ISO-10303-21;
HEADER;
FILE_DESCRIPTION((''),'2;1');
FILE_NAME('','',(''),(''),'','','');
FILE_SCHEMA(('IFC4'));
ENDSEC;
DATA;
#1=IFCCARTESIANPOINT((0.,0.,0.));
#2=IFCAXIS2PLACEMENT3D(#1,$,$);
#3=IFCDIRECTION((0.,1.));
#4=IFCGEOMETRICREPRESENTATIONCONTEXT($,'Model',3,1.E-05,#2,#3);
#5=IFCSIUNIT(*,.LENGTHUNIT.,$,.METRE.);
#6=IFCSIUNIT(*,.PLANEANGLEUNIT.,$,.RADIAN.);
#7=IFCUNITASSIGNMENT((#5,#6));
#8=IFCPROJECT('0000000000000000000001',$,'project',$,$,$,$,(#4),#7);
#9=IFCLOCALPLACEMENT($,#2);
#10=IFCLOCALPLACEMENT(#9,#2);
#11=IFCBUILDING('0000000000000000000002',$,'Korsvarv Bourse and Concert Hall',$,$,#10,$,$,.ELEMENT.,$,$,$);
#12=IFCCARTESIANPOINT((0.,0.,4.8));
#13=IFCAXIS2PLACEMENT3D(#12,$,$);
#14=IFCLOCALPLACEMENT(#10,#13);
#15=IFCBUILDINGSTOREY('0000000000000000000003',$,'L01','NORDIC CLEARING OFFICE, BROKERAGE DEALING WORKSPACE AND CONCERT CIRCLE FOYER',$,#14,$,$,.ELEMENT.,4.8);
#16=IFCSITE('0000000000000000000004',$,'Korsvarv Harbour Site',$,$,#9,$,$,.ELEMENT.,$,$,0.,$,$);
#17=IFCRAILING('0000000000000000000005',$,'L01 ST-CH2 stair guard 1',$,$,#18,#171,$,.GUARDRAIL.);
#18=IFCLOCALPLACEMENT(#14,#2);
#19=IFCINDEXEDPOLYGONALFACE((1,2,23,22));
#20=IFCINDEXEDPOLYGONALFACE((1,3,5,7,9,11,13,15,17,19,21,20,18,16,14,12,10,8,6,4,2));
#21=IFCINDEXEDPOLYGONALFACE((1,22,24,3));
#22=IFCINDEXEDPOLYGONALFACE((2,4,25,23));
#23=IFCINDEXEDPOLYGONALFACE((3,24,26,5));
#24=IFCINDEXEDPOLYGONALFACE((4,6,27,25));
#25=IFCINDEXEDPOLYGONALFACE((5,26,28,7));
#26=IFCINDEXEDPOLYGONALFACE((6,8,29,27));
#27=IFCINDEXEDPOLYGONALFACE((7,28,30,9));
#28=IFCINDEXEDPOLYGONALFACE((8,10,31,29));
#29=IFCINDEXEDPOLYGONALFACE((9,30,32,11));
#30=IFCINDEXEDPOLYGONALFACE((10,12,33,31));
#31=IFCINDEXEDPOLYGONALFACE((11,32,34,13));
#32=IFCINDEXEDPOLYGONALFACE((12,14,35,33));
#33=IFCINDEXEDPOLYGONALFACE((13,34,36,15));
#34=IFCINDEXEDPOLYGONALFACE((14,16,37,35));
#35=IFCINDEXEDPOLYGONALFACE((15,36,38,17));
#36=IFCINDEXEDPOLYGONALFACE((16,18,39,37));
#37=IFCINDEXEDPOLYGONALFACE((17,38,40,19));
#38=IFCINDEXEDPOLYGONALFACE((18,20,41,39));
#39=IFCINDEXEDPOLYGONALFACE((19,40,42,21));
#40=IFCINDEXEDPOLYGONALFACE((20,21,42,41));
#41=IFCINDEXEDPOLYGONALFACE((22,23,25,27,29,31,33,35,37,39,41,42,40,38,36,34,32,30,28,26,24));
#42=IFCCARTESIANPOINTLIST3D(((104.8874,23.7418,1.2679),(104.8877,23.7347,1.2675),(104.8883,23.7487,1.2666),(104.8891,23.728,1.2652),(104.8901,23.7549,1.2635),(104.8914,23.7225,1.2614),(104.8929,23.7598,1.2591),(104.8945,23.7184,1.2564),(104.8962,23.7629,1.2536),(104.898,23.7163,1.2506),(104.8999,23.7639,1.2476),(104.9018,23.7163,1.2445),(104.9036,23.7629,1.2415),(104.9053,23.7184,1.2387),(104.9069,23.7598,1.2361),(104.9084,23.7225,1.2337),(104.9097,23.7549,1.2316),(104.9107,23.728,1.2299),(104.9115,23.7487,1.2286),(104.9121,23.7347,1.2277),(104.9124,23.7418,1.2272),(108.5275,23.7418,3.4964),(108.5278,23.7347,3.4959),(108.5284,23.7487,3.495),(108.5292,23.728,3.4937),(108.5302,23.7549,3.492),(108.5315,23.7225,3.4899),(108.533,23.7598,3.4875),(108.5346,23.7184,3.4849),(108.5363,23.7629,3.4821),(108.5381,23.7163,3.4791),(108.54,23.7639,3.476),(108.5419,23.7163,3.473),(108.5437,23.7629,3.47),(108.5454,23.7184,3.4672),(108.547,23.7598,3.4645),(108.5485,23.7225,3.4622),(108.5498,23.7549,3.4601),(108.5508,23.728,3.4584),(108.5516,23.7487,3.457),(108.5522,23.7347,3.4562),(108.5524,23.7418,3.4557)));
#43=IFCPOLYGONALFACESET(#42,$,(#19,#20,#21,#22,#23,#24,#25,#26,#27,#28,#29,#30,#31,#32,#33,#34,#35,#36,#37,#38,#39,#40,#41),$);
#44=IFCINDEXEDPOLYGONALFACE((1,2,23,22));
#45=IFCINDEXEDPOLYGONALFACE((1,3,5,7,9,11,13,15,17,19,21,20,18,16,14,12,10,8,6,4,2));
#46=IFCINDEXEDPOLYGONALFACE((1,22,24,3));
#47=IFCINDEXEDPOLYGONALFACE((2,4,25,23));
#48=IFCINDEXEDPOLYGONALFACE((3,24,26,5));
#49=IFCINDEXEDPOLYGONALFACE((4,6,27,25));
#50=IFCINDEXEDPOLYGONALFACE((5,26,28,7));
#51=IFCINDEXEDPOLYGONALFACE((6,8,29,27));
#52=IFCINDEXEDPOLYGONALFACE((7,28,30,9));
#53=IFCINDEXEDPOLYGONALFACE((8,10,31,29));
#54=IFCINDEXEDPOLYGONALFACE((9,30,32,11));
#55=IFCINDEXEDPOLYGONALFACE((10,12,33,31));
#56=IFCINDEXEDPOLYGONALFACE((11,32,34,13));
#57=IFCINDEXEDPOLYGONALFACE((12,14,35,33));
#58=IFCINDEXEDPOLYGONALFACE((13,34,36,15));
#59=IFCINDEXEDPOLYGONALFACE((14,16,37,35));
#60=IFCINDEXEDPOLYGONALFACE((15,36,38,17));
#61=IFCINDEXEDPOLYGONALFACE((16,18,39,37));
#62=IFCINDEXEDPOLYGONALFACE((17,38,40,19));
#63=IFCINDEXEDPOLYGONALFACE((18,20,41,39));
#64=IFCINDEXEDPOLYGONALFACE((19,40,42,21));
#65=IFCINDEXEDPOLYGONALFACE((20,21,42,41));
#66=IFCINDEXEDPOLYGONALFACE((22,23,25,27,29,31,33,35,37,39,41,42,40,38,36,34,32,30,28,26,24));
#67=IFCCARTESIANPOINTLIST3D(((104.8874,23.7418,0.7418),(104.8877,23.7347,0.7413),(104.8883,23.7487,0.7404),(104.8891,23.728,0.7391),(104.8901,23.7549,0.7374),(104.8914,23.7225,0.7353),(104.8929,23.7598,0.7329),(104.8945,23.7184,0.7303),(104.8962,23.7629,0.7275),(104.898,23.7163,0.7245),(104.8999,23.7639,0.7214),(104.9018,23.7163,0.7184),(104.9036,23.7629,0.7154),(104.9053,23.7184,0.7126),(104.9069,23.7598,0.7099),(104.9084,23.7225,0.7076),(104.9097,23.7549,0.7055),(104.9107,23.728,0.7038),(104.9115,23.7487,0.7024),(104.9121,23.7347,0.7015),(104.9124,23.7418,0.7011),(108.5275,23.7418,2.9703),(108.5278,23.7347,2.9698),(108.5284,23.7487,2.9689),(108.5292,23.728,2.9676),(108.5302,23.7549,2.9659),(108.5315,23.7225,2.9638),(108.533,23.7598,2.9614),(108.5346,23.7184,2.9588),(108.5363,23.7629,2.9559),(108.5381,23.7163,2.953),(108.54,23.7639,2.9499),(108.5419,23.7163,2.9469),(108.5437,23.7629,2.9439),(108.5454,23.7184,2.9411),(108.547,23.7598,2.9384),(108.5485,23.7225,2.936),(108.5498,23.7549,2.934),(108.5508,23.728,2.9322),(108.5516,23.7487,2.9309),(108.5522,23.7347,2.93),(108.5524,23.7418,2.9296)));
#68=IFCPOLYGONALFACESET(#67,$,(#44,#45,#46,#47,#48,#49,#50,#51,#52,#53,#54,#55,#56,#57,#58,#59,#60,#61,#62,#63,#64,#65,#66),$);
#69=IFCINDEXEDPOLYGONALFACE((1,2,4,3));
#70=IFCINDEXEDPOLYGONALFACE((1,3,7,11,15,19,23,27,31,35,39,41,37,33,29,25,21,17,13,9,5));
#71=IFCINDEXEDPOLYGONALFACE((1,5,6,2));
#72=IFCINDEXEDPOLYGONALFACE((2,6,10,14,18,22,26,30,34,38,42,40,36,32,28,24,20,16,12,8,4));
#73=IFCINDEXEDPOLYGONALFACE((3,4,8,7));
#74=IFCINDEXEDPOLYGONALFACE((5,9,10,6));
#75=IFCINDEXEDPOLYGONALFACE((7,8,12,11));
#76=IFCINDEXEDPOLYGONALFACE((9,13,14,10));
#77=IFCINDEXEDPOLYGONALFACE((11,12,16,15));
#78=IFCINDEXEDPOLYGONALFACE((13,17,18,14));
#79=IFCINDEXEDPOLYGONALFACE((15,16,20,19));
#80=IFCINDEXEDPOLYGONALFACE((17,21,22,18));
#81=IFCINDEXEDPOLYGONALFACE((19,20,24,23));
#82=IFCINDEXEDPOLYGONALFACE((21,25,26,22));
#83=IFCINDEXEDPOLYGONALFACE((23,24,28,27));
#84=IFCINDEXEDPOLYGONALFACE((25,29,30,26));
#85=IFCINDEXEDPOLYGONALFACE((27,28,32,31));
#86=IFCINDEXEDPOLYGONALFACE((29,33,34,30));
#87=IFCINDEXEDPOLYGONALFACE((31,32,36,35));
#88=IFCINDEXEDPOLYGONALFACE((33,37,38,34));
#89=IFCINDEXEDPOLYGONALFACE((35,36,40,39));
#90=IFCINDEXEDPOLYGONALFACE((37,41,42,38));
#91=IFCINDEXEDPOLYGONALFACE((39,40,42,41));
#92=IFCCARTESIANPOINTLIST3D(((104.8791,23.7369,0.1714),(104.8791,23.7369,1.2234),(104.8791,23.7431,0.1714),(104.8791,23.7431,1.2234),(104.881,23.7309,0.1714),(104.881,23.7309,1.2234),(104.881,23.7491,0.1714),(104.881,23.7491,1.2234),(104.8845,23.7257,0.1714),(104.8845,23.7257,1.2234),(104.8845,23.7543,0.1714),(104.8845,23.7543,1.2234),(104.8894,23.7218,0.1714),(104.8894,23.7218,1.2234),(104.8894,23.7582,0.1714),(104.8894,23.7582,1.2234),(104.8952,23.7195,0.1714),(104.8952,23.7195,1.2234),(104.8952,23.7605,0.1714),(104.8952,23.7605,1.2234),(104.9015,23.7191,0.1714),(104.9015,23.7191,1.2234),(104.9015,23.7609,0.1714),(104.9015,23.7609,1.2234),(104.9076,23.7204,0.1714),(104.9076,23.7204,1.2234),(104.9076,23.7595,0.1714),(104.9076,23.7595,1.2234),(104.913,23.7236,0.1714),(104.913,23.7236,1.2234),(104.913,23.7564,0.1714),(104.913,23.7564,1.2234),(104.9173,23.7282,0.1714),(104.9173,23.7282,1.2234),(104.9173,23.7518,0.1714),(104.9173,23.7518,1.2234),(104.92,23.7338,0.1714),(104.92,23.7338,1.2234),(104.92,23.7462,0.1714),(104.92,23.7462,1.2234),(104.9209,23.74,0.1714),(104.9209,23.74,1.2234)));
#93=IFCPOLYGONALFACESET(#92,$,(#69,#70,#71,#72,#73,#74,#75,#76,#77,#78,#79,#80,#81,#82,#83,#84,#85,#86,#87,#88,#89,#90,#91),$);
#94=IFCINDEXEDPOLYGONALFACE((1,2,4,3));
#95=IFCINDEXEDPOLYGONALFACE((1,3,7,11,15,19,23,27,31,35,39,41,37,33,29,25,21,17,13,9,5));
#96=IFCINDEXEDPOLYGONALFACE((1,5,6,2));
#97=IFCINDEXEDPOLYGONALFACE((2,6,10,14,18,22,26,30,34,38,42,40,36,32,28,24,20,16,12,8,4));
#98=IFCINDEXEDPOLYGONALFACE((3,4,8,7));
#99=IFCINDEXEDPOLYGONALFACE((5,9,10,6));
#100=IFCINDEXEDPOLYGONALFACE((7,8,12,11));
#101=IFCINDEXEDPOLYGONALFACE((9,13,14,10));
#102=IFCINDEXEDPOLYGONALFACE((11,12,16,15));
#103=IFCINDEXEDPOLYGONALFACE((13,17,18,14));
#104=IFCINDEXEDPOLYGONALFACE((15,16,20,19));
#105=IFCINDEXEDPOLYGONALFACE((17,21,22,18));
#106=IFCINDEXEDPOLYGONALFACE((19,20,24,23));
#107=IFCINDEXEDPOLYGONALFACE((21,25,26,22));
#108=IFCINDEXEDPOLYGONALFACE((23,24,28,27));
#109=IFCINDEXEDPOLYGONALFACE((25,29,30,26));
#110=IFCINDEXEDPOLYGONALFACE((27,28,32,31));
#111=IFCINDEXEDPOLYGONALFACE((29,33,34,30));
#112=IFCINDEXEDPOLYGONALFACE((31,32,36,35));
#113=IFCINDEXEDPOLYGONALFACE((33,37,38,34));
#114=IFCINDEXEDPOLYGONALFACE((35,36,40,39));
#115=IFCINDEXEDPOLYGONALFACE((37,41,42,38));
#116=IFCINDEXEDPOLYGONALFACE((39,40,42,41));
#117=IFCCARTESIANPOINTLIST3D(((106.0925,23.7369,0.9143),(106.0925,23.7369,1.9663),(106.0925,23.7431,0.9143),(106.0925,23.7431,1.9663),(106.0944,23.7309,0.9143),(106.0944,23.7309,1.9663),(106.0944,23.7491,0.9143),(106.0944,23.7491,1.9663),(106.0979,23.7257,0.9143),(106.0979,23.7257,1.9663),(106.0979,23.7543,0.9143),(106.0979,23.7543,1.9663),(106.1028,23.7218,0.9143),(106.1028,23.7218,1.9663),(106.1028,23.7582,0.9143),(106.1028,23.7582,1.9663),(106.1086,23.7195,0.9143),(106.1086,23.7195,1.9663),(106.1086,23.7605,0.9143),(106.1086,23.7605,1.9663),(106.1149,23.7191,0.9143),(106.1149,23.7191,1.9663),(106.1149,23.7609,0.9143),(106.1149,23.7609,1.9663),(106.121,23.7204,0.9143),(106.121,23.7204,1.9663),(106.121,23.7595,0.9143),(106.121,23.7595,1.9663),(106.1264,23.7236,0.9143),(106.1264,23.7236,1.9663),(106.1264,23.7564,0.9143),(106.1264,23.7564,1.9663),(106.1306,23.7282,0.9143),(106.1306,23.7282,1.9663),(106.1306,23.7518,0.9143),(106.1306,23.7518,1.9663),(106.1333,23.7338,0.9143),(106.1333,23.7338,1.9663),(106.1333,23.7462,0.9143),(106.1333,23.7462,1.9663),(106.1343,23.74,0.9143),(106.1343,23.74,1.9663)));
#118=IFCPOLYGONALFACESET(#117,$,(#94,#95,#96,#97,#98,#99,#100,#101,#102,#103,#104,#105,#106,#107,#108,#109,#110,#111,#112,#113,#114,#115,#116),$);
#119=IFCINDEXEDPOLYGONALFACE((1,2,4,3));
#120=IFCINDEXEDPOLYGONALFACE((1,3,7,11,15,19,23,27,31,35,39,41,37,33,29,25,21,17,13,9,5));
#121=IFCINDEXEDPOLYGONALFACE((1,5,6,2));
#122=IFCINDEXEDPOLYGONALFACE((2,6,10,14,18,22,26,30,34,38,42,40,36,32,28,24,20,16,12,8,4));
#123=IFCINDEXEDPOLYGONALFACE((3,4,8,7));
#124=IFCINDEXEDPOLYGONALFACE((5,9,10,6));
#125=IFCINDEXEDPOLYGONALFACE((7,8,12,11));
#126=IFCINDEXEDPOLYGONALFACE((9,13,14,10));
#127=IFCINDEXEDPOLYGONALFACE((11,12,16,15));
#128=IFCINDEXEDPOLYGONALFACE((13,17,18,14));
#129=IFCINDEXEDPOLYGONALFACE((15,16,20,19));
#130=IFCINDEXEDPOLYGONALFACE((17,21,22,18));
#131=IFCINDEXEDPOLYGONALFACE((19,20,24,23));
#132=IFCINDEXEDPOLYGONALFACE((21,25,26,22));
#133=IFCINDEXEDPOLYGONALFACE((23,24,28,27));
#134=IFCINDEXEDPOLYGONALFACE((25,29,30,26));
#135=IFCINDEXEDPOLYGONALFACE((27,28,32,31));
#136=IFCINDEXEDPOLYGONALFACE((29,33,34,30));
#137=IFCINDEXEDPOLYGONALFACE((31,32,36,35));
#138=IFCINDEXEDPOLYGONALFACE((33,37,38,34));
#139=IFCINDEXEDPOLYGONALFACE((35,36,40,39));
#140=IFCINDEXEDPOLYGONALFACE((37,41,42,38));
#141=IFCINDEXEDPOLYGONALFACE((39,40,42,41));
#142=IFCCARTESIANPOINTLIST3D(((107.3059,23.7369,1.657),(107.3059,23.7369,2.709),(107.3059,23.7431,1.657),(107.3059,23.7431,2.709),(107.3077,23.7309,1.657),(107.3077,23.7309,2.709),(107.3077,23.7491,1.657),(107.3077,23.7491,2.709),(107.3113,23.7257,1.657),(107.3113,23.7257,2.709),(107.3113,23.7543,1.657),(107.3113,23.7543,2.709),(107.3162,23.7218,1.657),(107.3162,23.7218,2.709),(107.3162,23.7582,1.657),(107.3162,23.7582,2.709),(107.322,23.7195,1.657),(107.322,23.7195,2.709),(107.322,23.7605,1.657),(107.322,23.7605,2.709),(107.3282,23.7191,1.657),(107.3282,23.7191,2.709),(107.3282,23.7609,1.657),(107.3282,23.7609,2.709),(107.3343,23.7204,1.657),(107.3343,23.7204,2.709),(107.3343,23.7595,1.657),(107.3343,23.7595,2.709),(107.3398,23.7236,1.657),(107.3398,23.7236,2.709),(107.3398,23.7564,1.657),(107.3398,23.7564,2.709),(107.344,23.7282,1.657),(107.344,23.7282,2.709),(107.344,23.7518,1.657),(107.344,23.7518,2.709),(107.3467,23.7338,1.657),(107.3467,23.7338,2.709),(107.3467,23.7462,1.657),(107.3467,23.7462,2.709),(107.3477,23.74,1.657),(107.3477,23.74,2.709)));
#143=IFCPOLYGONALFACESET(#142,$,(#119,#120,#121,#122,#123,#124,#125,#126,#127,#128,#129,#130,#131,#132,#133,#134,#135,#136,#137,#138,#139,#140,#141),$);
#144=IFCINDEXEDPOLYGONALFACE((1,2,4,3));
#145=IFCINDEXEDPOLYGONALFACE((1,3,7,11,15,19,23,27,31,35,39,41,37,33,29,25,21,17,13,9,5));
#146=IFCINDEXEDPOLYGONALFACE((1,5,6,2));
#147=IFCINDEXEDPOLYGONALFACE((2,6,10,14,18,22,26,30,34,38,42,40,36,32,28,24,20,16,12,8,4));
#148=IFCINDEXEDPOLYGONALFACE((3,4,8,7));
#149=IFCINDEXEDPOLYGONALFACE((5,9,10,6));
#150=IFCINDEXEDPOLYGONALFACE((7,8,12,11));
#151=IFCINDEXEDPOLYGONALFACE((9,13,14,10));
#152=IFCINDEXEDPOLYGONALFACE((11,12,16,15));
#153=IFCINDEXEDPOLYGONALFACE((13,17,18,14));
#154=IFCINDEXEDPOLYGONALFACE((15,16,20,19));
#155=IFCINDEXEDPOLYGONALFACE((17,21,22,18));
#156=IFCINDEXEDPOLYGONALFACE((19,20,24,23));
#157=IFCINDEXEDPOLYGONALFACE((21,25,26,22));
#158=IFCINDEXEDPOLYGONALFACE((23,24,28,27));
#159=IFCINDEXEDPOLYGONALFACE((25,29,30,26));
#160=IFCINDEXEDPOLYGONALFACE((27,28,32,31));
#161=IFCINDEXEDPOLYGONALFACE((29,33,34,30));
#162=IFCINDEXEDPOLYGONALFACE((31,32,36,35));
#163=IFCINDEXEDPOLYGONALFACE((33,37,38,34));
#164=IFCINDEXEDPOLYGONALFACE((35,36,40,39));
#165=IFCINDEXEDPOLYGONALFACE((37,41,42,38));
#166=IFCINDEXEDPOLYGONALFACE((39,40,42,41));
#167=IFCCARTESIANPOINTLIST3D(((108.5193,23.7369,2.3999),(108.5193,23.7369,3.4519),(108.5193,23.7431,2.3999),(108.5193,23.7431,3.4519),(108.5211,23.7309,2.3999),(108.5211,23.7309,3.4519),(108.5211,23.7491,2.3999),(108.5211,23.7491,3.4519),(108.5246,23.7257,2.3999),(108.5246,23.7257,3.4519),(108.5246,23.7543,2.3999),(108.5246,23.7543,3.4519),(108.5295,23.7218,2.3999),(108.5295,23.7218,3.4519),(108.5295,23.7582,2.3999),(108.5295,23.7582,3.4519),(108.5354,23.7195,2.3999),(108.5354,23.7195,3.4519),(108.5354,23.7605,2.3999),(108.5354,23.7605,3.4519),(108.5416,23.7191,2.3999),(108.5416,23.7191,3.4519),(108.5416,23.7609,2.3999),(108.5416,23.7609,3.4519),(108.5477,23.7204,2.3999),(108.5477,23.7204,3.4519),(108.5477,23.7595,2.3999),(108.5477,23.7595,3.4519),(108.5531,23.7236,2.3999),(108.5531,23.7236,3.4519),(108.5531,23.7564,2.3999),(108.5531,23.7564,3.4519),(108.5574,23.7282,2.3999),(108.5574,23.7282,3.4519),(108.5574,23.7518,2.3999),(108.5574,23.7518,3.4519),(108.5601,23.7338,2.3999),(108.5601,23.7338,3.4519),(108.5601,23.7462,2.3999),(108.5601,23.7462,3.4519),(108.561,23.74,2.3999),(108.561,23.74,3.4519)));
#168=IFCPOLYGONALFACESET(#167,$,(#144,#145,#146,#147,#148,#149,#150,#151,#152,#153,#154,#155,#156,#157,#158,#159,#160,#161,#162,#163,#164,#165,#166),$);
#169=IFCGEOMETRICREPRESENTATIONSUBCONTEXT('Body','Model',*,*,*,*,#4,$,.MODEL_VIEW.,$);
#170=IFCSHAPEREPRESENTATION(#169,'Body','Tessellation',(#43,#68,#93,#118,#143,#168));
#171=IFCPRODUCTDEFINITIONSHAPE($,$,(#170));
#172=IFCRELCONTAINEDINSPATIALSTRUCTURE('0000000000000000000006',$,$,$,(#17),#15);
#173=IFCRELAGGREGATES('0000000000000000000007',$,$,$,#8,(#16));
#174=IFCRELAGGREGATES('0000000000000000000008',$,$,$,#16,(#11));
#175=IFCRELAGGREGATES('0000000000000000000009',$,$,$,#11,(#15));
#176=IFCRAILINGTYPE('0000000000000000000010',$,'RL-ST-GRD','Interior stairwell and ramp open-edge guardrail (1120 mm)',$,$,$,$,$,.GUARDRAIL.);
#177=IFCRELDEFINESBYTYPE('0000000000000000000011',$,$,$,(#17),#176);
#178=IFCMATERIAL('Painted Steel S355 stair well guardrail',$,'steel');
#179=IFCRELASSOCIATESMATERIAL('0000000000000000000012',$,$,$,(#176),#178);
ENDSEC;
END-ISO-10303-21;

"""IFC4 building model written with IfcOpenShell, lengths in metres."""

from ifc_helpers import new_model, si_unit, direction, frame, origin, origin_2d, place, context, subcontext, project, spatial, circle, extrude, material, type_object, element, save


model = new_model("IFC4")

# Units and contexts
model_context = context("Model", 3, precision=1e-05, world=origin(), true_north=direction((0.0, 1.0)))
body_context = subcontext(model_context, "Body", "Model", "MODEL_VIEW")
ifc_project = project(units=[si_unit("LENGTHUNIT", "METRE"), si_unit("PLANEANGLEUNIT", "RADIAN")], contexts=[model_context])

# Site, building, storey
site_placement = place(None, origin())
site = spatial("IfcSite", under=ifc_project, at=site_placement, Name="Korsvarv Harbour Site", CompositionType="ELEMENT", RefElevation=0.0)
building_placement = place(site_placement, origin())
building = spatial("IfcBuilding", under=site, at=building_placement, Name="Korsvarv Bourse and Concert Hall", CompositionType="ELEMENT")
storey_placement = place(building_placement, frame((0.0, 0.0, 4.8)))
storey = spatial("IfcBuildingStorey", under=building, at=storey_placement, Name="L01", Description="NORDIC CLEARING OFFICE, BROKERAGE DEALING WORKSPACE AND CONCERT CIRCLE FOYER", CompositionType="ELEMENT", Elevation=4.8)

# Railing
ifc_material_1 = material(Name="Painted Steel S355 stair well guardrail", Category="steel")
railing_type_1 = type_object("IfcRailingType", Name="RL-ST-GRD", Description="Interior stairwell and ramp open-edge guardrail (1120 mm)", PredefinedType="GUARDRAIL", material=ifc_material_1)
railing_1_placement = place(storey_placement, frame((104.8999, 23.74, 0.1714)))
element("IfcRailing", 1, at=railing_1_placement, inside=storey, type_object=railing_type_1, Name="L01 ST-CH2 stair guard 1", PredefinedType="GUARDRAIL", context=body_context, shape_type="SweptSolid", body=[
    extrude(circle(Radius=0.0239, at=origin_2d()), frame((0.0, 0.0, 1.0762), z_axis=(0.852866, 0.0, 0.52213), x_axis=(0.0, 1.0, 0.0)), (0.0, 0.0, 1.0), 4.2681),
    extrude(circle(Radius=0.0239, at=origin_2d()), frame((0.0, 0.0, 0.55), z_axis=(0.852866, 0.0, 0.52213), x_axis=(0.0, 1.0, 0.0)), (0.0, 0.0, 1.0), 4.2681),
    extrude(circle(Radius=0.021, at=origin_2d()), origin(), (0.0, 0.0, 1.0), 1.052),
    extrude(circle(Radius=0.021, at=origin_2d()), frame((1.2134, 0.0, 0.7429)), (0.0, 0.0, 1.0), 1.052),
    extrude(circle(Radius=0.021, at=origin_2d()), frame((2.4268, 0.0, 1.4856)), (0.0, 0.0, 1.0), 1.052),
    extrude(circle(Radius=0.021, at=origin_2d()), frame((3.6401, 0.0, 2.2285)), (0.0, 0.0, 1.0), 1.052),
])

save(model, "model.ifc")
